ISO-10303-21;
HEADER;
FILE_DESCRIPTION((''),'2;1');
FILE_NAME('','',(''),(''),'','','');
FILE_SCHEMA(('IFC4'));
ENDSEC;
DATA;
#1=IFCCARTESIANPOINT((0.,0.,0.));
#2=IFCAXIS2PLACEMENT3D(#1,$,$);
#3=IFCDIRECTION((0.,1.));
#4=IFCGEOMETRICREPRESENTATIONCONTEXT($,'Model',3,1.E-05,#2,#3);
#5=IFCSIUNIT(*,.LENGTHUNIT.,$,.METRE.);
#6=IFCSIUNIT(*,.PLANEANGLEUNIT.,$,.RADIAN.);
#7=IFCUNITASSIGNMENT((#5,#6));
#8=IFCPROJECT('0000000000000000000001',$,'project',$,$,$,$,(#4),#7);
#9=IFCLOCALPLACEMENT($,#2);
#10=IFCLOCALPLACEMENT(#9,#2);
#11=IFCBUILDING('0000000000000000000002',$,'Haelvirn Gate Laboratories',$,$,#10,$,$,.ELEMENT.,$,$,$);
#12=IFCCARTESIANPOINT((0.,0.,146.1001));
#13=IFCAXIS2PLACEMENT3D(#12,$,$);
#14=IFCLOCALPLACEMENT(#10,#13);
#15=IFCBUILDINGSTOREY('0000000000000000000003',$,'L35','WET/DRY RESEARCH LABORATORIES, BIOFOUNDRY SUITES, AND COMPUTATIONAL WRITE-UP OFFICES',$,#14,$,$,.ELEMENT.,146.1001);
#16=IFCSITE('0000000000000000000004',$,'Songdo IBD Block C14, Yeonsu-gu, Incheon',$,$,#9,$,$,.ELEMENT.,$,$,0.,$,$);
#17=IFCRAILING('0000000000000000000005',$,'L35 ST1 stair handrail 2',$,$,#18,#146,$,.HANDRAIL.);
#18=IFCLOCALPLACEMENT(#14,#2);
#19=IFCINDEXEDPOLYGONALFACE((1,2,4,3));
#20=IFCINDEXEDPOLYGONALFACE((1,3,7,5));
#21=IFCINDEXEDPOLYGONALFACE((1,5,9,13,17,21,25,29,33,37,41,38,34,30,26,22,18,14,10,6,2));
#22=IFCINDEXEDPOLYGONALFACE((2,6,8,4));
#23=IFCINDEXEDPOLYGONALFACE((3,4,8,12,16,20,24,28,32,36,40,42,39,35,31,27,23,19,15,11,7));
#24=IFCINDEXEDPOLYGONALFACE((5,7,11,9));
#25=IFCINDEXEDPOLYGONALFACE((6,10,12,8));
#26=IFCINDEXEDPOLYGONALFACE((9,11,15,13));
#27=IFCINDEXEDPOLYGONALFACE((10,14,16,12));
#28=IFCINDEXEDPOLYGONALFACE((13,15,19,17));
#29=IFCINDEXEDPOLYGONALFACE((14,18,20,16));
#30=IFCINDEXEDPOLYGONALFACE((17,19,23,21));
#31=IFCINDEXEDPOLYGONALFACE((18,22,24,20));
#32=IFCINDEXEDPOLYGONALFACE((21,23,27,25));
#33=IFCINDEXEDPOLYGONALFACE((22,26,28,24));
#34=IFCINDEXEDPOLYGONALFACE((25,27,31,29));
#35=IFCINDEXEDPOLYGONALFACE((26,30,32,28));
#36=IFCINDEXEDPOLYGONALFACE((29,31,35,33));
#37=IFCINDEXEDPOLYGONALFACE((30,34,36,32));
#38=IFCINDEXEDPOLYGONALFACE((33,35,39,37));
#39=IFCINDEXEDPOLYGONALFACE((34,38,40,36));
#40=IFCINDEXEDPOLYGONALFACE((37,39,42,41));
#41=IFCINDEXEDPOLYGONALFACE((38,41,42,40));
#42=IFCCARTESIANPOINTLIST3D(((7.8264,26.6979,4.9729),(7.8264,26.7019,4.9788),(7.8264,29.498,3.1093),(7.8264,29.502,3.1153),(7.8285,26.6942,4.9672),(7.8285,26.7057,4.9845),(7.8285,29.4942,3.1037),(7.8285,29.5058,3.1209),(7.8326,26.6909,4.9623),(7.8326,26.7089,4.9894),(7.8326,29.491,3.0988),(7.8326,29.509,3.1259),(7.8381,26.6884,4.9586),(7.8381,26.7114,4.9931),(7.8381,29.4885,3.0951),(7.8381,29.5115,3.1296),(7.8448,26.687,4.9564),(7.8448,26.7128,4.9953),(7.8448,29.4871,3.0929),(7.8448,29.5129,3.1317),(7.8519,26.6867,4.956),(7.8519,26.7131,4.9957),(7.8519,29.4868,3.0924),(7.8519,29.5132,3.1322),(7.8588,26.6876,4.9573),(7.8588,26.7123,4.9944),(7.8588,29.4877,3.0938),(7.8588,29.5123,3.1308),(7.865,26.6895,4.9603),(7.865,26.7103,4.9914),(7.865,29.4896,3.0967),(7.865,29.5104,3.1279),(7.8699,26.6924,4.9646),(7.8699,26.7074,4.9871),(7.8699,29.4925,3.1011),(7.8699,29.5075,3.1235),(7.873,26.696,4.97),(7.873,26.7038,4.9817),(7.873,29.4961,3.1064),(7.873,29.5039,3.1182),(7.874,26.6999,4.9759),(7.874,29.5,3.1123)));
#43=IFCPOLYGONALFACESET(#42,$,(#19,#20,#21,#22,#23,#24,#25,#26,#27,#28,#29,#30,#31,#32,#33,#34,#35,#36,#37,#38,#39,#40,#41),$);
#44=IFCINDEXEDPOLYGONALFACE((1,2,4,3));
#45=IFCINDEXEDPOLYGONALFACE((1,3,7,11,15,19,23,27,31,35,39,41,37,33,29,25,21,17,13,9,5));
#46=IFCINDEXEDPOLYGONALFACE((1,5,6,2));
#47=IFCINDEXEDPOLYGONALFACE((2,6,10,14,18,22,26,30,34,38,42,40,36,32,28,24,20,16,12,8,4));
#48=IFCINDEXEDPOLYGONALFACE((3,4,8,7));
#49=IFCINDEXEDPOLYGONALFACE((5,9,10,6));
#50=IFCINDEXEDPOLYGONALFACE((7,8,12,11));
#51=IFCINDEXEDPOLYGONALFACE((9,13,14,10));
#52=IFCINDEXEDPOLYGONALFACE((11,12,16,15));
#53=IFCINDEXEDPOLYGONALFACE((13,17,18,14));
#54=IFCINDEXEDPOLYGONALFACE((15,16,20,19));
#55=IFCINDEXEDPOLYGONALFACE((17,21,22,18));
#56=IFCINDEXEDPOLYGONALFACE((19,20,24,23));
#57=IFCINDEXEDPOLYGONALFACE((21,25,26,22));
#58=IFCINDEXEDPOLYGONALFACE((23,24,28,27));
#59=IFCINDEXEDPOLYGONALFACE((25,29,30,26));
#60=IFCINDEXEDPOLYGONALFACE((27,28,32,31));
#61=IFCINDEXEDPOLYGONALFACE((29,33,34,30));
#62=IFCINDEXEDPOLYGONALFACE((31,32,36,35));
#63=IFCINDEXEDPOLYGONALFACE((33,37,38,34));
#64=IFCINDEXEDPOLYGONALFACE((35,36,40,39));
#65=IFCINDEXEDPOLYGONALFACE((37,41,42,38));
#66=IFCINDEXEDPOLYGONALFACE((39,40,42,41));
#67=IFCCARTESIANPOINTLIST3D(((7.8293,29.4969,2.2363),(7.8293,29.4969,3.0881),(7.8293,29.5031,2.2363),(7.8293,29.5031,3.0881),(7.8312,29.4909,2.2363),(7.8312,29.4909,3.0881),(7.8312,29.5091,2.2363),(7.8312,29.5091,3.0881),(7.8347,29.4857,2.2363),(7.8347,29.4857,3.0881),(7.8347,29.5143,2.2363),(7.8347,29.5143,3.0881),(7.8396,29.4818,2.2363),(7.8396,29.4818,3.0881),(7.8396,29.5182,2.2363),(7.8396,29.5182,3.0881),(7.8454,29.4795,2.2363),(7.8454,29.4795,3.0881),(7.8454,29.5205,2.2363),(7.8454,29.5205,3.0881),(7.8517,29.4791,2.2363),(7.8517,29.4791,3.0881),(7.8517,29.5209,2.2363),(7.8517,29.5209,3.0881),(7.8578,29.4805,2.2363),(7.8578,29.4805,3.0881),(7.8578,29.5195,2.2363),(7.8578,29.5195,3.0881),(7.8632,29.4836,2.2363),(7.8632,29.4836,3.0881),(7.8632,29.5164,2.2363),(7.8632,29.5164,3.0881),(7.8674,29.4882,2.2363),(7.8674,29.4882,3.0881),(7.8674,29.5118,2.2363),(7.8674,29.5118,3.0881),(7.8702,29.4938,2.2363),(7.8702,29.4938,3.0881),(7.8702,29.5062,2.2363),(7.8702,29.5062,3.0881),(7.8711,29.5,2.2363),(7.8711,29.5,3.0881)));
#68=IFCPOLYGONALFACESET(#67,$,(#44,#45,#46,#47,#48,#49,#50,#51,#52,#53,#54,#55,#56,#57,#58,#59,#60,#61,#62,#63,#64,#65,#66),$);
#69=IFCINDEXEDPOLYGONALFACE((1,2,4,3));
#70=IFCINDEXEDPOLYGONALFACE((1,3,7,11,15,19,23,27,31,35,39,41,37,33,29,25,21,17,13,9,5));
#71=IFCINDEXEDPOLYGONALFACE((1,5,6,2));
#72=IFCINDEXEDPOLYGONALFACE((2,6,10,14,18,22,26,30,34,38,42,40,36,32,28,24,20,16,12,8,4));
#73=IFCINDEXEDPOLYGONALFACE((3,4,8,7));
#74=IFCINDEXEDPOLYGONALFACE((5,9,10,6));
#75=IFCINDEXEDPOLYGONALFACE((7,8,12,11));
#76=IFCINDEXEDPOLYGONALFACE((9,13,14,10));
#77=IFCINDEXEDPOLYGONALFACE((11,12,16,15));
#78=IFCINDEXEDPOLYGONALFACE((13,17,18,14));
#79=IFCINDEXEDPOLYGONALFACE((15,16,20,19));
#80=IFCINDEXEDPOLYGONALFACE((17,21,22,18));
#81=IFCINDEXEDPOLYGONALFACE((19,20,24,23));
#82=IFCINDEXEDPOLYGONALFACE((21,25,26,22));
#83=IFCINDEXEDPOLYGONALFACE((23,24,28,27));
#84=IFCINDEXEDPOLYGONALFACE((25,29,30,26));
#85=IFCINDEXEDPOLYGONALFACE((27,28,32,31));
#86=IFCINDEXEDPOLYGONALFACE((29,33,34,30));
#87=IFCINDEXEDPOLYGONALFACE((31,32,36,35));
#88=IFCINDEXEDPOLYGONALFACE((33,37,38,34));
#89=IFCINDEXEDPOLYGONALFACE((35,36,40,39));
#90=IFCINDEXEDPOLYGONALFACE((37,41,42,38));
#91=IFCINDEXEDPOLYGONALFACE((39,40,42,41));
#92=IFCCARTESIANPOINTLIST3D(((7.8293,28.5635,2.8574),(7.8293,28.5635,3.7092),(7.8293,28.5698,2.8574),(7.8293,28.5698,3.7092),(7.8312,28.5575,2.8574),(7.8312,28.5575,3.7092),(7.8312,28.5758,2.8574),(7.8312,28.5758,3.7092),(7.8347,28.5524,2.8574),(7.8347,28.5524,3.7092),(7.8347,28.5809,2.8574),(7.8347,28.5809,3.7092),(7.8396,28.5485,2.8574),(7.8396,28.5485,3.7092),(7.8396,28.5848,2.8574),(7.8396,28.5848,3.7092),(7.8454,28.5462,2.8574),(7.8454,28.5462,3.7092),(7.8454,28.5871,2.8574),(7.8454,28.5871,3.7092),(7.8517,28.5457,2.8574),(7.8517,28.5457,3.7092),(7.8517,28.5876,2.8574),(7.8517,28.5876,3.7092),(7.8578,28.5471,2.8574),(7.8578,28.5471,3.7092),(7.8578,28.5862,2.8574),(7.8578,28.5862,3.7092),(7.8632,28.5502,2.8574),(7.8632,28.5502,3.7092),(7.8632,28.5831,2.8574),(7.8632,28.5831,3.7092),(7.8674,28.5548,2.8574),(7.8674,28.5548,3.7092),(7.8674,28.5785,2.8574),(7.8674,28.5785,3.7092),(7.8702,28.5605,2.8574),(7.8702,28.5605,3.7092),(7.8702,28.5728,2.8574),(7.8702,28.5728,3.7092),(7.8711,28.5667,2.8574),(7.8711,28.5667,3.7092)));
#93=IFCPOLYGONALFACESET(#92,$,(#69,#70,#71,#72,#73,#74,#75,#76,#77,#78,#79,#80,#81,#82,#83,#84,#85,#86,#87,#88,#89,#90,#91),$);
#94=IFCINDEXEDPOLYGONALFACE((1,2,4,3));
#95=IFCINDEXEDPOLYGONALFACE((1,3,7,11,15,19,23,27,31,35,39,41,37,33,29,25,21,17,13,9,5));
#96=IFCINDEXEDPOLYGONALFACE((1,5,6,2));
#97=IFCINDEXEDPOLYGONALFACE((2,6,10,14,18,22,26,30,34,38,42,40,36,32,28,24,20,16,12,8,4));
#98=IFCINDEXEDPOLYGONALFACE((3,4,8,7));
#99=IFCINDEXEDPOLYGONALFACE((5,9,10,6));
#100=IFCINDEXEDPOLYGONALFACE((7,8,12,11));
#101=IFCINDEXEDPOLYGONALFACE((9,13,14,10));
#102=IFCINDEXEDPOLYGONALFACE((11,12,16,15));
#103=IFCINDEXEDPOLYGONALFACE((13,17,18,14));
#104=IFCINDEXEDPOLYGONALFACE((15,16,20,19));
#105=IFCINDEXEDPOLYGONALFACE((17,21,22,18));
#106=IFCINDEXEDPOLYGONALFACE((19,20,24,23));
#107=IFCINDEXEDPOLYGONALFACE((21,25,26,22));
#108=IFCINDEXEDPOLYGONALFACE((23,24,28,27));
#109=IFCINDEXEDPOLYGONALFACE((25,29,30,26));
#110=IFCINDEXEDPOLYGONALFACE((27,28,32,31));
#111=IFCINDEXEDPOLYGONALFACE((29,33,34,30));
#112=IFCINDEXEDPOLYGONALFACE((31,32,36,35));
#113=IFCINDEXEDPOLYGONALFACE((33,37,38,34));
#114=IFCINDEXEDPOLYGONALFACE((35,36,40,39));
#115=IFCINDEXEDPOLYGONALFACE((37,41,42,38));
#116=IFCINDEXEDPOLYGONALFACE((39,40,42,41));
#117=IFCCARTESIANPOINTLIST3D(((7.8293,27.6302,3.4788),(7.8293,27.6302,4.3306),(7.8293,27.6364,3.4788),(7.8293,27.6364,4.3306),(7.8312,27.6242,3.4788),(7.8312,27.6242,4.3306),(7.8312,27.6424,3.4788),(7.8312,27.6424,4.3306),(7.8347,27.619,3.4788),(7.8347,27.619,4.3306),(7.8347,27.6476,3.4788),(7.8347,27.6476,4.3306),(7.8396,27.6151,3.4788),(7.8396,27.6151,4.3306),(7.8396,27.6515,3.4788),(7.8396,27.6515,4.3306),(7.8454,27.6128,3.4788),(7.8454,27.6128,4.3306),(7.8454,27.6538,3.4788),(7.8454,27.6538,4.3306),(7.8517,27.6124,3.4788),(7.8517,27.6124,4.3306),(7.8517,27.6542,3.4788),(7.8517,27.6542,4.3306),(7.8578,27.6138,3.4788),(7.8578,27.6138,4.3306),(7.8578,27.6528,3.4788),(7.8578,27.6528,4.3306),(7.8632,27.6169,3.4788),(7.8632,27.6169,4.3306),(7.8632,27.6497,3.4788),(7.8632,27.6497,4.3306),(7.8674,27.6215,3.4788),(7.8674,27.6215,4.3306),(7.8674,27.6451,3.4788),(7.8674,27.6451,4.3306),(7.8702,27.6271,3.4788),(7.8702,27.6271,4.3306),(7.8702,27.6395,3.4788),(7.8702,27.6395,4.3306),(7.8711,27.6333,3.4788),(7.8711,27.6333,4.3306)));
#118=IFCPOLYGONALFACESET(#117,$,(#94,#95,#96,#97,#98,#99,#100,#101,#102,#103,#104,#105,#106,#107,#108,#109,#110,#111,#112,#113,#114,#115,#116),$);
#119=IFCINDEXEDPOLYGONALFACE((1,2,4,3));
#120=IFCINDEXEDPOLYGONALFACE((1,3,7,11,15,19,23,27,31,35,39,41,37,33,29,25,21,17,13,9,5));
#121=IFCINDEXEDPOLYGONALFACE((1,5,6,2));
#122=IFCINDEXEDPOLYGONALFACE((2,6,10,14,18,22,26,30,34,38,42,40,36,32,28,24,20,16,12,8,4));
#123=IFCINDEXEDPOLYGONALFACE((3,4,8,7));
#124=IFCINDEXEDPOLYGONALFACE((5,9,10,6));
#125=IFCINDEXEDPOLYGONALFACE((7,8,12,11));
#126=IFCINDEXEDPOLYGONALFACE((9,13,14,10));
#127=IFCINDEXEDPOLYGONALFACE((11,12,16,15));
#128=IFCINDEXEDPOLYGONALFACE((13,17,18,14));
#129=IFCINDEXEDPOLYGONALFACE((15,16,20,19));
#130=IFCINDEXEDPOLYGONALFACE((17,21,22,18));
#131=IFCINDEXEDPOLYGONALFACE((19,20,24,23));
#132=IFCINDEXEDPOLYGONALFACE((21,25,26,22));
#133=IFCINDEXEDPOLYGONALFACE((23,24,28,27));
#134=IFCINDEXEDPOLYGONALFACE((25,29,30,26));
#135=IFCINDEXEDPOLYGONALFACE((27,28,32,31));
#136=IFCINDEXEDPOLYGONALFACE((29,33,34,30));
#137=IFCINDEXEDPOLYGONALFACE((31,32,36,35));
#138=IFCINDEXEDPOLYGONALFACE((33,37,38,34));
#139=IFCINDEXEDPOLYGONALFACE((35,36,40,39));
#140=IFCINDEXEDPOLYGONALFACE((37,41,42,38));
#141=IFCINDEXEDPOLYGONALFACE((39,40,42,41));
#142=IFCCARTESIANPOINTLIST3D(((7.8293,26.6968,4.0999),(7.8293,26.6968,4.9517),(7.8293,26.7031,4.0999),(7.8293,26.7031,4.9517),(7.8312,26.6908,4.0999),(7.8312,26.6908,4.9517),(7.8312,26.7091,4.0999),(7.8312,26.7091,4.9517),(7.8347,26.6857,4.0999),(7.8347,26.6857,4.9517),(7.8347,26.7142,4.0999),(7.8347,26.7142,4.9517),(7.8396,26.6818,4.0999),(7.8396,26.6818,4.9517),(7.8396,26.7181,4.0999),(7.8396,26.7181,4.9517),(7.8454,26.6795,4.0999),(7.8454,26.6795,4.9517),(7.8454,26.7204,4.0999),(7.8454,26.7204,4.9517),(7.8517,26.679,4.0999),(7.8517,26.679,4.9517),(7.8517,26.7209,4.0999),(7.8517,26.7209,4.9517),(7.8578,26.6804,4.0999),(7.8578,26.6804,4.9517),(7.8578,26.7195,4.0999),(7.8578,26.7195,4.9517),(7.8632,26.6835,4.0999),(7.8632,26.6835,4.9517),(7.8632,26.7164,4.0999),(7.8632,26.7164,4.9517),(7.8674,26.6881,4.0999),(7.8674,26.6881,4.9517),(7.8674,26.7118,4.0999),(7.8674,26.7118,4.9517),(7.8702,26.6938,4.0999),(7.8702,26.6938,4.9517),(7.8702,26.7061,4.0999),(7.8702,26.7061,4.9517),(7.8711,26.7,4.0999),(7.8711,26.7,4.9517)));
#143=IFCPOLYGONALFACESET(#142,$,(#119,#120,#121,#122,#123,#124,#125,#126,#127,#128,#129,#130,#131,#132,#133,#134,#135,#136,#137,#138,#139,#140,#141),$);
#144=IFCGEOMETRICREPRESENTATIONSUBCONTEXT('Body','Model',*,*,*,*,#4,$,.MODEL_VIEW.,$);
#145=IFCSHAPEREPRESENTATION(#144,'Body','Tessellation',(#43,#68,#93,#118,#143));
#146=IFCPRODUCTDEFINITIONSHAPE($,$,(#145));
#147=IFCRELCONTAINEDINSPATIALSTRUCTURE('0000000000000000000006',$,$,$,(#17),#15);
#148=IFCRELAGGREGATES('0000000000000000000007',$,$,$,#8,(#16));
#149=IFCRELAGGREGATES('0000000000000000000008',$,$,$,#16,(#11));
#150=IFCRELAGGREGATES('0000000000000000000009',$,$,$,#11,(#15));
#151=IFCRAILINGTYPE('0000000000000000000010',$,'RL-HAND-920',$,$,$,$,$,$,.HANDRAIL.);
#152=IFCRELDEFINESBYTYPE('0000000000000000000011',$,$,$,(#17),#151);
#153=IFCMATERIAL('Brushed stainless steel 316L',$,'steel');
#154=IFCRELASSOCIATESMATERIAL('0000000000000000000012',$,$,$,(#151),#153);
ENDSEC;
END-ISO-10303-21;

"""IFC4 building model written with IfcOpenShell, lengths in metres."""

from ifc_helpers import new_model, si_unit, direction, frame, origin, origin_2d, place, context, subcontext, project, spatial, circle, extrude, source, transform, mapped, material, type_object, element, save


model = new_model("IFC4")

# Units and contexts
model_context = context("Model", 3, precision=1e-05, world=origin(), true_north=direction((0.0, 1.0)))
body_context = subcontext(model_context, "Body", "Model", "MODEL_VIEW")
ifc_project = project(units=[si_unit("LENGTHUNIT", "METRE"), si_unit("PLANEANGLEUNIT", "RADIAN")], contexts=[model_context])

# Site, building, storey
site_placement = place(None, origin())
site = spatial("IfcSite", under=ifc_project, at=site_placement, Name="Songdo IBD Block C14, Yeonsu-gu, Incheon", CompositionType="ELEMENT", RefElevation=0.0)
building_placement = place(site_placement, origin())
building = spatial("IfcBuilding", under=site, at=building_placement, Name="Haelvirn Gate Laboratories", CompositionType="ELEMENT")
storey_placement = place(building_placement, frame((0.0, 0.0, 146.1001)))
storey = spatial("IfcBuildingStorey", under=building, at=storey_placement, Name="L35", Description="WET/DRY RESEARCH LABORATORIES, BIOFOUNDRY SUITES, AND COMPUTATIONAL WRITE-UP OFFICES", CompositionType="ELEMENT", Elevation=146.1001)

# Railing
ifc_material_1 = material(Name="Brushed stainless steel 316L", Category="steel")
railing_type_1 = type_object("IfcRailingType", Name="RL-HAND-920", PredefinedType="HANDRAIL", material=ifc_material_1)
shared_shape_1 = source(origin(), body_context, "Body", "SweptSolid", [
    extrude(circle(Radius=0.0239, at=origin_2d()), frame((0.0, 0.0, 0.876), z_axis=(0.0, -0.832486, 0.554047), x_axis=(1.0, 0.0, 0.0)), (0.0, 0.0, 1.0), 3.3635),
    extrude(circle(Radius=0.021, at=origin_2d()), origin(), (0.0, 0.0, 1.0), 0.8518),
    extrude(circle(Radius=0.021, at=origin_2d()), frame((0.0, -0.9333, 0.6211)), (0.0, 0.0, 1.0), 0.8518),
    extrude(circle(Radius=0.021, at=origin_2d()), frame((0.0, -1.8667, 1.2424)), (0.0, 0.0, 1.0), 0.8518),
    extrude(circle(Radius=0.021, at=origin_2d()), frame((0.0, -2.8, 1.8635)), (0.0, 0.0, 1.0), 0.8518),
])
railing_1_placement = place(storey_placement, frame((7.8501, 29.5, 2.2363)))
element("IfcRailing", 1, at=railing_1_placement, inside=storey, type_object=railing_type_1, Name="L35 ST1 stair handrail 2", PredefinedType="HANDRAIL", context=body_context, shape_type="MappedRepresentation", body=[
    mapped(shared_shape_1, transform((0.0, 0.0, 0.0), scale=1.0)),
])

save(model, "model.ifc")
